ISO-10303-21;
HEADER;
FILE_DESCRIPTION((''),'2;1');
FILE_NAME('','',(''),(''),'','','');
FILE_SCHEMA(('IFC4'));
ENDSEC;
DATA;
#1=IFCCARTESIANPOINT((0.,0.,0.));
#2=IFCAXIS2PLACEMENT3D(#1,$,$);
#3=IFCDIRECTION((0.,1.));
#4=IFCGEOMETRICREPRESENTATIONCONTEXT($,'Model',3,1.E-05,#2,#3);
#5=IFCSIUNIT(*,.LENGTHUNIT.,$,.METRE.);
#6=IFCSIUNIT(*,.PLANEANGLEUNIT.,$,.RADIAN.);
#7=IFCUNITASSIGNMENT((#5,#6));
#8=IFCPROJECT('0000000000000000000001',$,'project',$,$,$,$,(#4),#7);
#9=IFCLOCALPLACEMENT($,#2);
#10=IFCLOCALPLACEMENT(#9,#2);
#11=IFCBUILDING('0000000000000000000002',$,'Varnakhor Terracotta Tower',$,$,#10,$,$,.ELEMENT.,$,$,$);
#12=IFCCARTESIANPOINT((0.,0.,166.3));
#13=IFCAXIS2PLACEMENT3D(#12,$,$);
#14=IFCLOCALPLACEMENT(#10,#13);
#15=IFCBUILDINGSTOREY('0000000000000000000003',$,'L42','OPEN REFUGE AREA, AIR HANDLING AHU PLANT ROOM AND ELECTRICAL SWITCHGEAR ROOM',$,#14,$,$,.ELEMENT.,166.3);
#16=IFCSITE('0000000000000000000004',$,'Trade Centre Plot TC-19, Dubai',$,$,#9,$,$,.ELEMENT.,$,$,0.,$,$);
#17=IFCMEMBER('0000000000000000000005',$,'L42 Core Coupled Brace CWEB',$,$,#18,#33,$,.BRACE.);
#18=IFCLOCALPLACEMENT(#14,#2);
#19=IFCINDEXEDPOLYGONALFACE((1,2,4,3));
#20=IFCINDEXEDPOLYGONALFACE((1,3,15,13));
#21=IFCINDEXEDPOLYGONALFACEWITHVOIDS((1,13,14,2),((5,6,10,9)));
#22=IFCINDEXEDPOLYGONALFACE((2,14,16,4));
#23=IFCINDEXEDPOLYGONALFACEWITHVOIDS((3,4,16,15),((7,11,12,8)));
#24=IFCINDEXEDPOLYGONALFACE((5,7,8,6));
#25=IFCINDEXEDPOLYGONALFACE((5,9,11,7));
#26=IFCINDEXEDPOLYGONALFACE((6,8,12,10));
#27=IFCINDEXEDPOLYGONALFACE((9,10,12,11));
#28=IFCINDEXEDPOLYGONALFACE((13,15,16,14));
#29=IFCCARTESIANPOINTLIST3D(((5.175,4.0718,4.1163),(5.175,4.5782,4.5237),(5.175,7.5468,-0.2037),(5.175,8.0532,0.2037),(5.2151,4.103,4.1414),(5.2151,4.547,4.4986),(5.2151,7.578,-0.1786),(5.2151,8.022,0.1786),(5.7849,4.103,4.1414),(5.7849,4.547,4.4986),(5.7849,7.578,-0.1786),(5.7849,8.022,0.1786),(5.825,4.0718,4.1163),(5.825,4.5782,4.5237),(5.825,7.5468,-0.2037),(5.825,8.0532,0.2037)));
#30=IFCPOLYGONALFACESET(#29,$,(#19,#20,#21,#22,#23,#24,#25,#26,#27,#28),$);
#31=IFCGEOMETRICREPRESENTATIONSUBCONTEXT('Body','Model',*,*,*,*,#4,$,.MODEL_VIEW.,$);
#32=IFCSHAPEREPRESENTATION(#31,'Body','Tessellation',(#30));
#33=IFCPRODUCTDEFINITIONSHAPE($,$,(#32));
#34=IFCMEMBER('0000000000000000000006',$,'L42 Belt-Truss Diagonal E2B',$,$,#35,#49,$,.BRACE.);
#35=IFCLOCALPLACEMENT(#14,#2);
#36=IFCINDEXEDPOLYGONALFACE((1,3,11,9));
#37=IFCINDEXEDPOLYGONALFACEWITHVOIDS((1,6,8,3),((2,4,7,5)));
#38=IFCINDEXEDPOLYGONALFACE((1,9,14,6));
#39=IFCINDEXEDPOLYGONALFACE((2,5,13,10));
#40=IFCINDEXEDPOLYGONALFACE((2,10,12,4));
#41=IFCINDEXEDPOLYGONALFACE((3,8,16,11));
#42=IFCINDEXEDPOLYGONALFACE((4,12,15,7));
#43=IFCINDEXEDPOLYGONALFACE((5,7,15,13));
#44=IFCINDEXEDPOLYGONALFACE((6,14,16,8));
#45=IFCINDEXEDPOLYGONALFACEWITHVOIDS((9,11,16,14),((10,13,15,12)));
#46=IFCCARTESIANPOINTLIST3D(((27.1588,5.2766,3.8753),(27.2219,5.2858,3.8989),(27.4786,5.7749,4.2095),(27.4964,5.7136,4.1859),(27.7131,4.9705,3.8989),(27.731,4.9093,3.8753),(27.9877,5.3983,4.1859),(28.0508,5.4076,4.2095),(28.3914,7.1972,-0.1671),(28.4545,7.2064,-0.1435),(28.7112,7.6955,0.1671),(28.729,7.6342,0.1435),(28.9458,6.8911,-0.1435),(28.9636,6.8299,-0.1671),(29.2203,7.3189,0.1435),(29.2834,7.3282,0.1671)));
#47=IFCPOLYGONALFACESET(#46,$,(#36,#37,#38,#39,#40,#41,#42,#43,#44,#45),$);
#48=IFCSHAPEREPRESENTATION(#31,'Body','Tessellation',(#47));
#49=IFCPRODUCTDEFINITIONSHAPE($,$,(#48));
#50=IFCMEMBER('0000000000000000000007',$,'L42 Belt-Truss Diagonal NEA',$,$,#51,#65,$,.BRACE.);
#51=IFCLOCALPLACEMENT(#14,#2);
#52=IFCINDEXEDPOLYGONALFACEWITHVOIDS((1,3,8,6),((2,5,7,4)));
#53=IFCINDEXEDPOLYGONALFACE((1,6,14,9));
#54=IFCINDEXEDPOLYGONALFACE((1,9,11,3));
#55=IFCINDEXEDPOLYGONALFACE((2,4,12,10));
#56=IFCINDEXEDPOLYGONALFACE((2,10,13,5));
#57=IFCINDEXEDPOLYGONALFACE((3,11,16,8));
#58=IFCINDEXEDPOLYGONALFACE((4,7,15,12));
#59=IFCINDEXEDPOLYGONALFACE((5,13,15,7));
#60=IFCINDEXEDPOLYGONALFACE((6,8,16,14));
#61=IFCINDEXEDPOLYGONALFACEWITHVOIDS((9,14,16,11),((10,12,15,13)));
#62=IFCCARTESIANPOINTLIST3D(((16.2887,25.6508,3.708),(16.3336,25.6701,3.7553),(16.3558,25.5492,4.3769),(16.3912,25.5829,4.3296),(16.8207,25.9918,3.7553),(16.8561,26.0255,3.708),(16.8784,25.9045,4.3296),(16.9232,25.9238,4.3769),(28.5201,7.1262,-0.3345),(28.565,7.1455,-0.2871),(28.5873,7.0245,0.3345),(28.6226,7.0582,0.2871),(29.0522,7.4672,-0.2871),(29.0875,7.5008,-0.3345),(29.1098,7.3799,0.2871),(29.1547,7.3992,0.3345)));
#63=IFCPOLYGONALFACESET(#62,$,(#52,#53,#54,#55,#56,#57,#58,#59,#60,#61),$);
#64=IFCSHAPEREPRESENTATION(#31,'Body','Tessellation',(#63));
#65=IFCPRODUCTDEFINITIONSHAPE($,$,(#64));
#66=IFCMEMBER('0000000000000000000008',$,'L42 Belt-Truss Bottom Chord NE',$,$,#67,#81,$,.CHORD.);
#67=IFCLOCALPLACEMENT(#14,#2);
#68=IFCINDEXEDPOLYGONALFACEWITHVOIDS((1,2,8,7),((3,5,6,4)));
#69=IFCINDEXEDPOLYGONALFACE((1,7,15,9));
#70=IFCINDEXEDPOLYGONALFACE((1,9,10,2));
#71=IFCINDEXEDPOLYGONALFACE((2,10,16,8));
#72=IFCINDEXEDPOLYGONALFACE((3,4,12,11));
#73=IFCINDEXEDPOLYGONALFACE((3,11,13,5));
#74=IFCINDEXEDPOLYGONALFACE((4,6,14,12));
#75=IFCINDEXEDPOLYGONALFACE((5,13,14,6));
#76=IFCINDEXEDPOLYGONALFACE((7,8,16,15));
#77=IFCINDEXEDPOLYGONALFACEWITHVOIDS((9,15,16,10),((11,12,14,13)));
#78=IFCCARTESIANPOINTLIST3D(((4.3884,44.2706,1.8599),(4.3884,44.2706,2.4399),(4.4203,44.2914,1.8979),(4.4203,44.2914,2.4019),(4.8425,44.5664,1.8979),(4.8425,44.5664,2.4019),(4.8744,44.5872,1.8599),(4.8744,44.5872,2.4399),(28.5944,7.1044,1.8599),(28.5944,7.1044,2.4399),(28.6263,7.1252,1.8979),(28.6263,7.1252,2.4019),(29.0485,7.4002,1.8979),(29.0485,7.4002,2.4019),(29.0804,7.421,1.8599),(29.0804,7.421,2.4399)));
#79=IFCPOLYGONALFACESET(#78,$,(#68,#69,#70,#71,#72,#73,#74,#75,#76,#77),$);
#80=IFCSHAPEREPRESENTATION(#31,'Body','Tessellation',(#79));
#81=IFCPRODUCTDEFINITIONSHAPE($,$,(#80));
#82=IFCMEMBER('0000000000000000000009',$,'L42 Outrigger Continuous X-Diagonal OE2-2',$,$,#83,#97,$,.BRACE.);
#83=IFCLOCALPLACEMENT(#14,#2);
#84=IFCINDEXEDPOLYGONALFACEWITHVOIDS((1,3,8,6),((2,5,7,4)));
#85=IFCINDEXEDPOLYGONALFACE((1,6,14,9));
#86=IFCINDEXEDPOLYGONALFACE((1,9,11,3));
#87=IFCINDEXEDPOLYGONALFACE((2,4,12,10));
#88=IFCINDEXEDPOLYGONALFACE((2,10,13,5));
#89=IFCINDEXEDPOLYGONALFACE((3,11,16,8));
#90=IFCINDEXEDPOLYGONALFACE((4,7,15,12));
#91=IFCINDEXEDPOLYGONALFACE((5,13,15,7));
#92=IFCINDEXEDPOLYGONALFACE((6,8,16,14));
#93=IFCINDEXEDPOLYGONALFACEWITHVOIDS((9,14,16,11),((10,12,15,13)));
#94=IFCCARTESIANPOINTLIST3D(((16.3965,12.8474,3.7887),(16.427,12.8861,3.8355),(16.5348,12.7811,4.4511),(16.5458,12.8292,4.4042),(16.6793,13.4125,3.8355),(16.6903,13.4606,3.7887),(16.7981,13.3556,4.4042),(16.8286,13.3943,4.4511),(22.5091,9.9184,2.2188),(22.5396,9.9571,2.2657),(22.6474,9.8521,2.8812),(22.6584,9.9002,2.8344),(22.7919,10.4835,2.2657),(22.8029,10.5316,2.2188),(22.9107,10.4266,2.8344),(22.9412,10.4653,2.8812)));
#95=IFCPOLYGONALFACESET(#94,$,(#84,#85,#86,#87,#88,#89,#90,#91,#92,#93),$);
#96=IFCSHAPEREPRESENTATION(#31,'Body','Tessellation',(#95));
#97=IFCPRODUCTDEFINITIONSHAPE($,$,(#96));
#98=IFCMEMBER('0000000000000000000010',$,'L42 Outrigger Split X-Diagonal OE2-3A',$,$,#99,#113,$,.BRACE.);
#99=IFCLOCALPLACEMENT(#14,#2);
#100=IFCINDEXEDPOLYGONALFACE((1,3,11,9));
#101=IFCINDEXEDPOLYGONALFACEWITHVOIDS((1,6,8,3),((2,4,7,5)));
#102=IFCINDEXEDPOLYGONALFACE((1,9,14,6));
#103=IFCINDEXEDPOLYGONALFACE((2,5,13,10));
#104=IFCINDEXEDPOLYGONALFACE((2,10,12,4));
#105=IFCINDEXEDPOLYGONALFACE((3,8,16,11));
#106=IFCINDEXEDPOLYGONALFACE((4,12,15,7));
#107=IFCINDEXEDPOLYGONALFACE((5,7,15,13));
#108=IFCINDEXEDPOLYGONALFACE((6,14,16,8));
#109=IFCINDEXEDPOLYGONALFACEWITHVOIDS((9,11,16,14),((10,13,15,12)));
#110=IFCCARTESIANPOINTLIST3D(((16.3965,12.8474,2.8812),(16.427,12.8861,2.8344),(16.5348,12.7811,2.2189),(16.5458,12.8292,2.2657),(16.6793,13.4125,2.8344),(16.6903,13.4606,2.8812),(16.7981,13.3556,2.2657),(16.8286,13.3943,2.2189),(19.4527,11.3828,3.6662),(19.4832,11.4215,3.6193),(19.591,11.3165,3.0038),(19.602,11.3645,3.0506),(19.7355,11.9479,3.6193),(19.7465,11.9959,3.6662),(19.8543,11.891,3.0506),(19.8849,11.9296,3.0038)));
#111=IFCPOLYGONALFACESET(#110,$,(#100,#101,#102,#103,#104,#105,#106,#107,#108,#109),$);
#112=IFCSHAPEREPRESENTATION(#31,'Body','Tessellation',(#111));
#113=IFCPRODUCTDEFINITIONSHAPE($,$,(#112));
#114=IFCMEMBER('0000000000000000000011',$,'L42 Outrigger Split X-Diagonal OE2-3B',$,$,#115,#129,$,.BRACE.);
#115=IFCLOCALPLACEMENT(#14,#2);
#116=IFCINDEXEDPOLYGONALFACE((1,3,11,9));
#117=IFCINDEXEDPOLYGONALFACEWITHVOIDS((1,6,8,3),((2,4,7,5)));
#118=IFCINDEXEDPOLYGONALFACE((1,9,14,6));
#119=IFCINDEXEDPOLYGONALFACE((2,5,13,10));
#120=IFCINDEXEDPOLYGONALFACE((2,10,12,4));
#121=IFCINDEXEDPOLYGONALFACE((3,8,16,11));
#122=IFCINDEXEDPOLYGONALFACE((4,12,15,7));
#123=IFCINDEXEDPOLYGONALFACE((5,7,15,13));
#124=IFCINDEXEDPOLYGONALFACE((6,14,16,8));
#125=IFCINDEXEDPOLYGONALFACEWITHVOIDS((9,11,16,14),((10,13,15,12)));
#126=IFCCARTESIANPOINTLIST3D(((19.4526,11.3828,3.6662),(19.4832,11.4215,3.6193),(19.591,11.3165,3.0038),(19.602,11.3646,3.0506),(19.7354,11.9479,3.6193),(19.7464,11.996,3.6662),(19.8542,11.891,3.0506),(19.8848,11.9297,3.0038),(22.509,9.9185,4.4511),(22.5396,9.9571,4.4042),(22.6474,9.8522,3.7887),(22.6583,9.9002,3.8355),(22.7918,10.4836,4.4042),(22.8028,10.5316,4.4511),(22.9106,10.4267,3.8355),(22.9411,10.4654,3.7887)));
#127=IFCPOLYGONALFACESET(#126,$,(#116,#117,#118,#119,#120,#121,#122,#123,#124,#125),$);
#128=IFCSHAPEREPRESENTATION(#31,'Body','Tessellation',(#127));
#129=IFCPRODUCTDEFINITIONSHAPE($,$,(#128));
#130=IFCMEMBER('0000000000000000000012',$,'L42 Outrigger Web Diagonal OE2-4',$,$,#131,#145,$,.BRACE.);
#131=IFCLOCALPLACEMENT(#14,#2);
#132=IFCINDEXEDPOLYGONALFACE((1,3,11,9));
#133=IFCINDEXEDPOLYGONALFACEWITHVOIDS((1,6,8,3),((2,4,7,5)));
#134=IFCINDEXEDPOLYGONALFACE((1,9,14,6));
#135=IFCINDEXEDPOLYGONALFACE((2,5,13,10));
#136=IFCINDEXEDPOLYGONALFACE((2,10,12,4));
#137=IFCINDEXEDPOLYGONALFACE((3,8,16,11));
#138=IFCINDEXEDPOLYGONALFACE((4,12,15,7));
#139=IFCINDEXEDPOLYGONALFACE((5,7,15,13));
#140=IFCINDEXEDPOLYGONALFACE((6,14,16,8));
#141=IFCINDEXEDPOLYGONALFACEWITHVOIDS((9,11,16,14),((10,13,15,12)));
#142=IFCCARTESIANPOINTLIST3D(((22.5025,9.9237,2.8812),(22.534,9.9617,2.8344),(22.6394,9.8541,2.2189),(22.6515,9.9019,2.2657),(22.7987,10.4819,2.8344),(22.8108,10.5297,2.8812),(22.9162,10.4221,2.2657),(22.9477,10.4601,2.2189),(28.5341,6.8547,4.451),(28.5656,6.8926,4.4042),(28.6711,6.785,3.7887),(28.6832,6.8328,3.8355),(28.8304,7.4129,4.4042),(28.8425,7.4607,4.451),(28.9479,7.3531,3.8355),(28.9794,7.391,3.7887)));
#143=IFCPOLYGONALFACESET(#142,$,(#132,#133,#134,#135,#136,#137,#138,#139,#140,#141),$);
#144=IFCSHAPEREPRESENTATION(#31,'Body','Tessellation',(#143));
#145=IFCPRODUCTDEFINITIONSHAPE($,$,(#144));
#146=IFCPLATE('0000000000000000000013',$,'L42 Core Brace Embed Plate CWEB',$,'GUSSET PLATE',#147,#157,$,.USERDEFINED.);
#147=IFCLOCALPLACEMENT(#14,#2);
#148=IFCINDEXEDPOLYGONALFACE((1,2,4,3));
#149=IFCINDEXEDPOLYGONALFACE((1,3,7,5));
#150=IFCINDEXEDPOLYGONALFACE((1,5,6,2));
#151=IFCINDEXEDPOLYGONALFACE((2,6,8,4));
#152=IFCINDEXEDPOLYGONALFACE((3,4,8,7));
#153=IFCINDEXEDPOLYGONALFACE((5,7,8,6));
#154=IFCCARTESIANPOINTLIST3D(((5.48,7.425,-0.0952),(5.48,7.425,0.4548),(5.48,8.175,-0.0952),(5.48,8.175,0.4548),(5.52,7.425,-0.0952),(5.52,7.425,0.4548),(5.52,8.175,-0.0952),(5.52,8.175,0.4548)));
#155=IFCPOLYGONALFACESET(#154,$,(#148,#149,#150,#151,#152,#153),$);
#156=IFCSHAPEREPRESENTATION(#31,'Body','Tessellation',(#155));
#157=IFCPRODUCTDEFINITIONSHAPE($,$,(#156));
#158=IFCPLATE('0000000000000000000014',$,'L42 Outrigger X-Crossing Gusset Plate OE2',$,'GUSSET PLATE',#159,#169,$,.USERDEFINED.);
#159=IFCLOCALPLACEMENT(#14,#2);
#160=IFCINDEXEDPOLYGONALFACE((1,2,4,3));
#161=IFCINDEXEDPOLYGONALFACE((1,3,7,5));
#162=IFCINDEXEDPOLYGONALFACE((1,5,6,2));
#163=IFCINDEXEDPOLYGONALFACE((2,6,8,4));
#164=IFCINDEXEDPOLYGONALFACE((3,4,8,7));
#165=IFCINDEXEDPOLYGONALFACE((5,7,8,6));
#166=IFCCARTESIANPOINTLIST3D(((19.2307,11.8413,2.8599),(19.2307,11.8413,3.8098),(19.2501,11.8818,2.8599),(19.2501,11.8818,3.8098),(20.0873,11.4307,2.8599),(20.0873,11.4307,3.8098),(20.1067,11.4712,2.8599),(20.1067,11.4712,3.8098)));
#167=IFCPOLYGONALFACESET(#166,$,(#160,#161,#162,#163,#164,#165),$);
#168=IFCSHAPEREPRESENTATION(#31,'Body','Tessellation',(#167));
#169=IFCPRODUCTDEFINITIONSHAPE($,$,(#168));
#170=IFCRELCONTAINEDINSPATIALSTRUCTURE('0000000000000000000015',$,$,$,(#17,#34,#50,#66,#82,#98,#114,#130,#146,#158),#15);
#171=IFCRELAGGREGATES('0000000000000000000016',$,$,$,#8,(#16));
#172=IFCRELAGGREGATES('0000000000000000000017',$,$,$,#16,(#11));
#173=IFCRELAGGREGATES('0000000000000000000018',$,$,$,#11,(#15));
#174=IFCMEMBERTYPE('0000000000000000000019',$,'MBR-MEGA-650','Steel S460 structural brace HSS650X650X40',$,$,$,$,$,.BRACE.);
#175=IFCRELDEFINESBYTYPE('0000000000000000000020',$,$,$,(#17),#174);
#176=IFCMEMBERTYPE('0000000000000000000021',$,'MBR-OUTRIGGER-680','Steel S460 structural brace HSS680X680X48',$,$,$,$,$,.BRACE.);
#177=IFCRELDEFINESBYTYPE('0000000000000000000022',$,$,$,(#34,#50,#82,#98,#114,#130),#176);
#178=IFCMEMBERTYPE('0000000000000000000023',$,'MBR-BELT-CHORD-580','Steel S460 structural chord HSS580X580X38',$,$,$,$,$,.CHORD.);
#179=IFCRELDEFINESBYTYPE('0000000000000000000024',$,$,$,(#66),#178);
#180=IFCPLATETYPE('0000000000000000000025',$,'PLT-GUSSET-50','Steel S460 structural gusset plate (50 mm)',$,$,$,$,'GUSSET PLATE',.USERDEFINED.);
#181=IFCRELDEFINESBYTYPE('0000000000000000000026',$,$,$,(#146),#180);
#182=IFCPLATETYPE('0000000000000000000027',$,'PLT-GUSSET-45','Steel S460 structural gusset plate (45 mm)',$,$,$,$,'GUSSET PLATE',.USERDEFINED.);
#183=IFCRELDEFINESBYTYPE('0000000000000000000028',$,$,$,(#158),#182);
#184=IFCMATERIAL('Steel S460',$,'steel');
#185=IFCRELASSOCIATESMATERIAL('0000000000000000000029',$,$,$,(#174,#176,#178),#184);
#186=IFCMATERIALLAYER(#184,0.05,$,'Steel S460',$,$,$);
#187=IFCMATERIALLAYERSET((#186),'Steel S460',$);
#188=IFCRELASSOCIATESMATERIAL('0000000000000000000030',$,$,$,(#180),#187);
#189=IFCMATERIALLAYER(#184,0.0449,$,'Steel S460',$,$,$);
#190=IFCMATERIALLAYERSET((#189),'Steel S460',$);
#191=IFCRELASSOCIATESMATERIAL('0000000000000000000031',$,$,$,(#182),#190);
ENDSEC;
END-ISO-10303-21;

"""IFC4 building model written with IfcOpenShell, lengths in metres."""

from ifc_helpers import new_model, si_unit, direction, frame, origin, origin_2d, place, context, subcontext, project, spatial, rectangle, hollow_rectangle, extrude, source, transform, mapped, material, layer, layer_set, material_profile, profile_set, type_object, type_shapes, element, save


model = new_model("IFC4")

# Units and contexts
model_context = context("Model", 3, precision=1e-05, world=origin(), true_north=direction((0.0, 1.0)))
body_context = subcontext(model_context, "Body", "Model", "MODEL_VIEW")
ifc_project = project(units=[si_unit("LENGTHUNIT", "METRE"), si_unit("PLANEANGLEUNIT", "RADIAN")], contexts=[model_context])

# Site, building, storey
site_placement = place(None, origin())
site = spatial("IfcSite", under=ifc_project, at=site_placement, Name="Trade Centre Plot TC-19, Dubai", CompositionType="ELEMENT", RefElevation=0.0)
building_placement = place(site_placement, origin())
building = spatial("IfcBuilding", under=site, at=building_placement, Name="Varnakhor Terracotta Tower", CompositionType="ELEMENT")
storey_placement = place(building_placement, frame((0.0, 0.0, 166.3)))
storey = spatial("IfcBuildingStorey", under=building, at=storey_placement, Name="L42", Description="OPEN REFUGE AREA, AIR HANDLING AHU PLANT ROOM AND ELECTRICAL SWITCHGEAR ROOM", CompositionType="ELEMENT", Elevation=166.3)

# Shared definitions
ifc_material_1 = material(Name="Steel S460", Category="steel")

# Members
ifc_material_profile_1 = material_profile(ifc_material_1, hollow_rectangle(XDim=0.6499, YDim=0.6499, WallThickness=0.04, at=origin_2d()), Name="HSS650X650X40")
ifc_profile_set_1 = profile_set([ifc_material_profile_1], Name="Steel S460")
member_type_1 = type_object("IfcMemberType", Name="MBR-MEGA-650", Description="Steel S460 structural brace HSS650X650X40", PredefinedType="BRACE", material=ifc_profile_set_1)
shared_shape_1 = source(origin(), body_context, "Body", "SweptSolid", [
    extrude(hollow_rectangle(XDim=0.6499, YDim=0.6499, WallThickness=0.04, at=origin_2d()), origin(), (0.0, 0.0, 1.0), 5.5442),
])
member_1_placement = place(storey_placement, frame((5.5, 7.8, 0.0), z_axis=(0.0, -0.626787, 0.779191), x_axis=(1.0, 0.0, 0.0)))
element("IfcMember", 1, at=member_1_placement, inside=storey, type_object=member_type_1, Name="L42 Core Coupled Brace CWEB", PredefinedType="BRACE", context=body_context, shape_type="MappedRepresentation", body=[
    mapped(shared_shape_1, transform((0.0, 0.0, 0.0), scale=1.0)),
])
ifc_material_profile_2 = material_profile(ifc_material_1, hollow_rectangle(XDim=0.6799, YDim=0.6799, WallThickness=0.0481, at=origin_2d()), Name="HSS680X680X48")
ifc_profile_set_2 = profile_set([ifc_material_profile_2], Name="Steel S460")
member_type_2 = type_object("IfcMemberType", Name="MBR-OUTRIGGER-680", Description="Steel S460 structural brace HSS680X680X48", PredefinedType="BRACE", material=ifc_profile_set_2)
shared_shape_2 = source(origin(), body_context, "Body", "SweptSolid", [
    extrude(hollow_rectangle(XDim=0.6799, YDim=0.6799, WallThickness=0.0481, at=origin_2d()), origin(), (0.0, 0.0, 1.0), 4.6421),
])
member_2_placement = place(storey_placement, frame((28.8374, 7.2627, 0.0), z_axis=(-0.265535, -0.413738, 0.870811), x_axis=(0.841585, -0.540125, 0.0)))
element("IfcMember", 2, at=member_2_placement, inside=storey, type_object=member_type_2, Name="L42 Belt-Truss Diagonal E2B", PredefinedType="BRACE", context=body_context, shape_type="MappedRepresentation", body=[
    mapped(shared_shape_2, transform((0.0, 0.0, 0.0), scale=1.0)),
])
shared_shape_3 = source(origin(), body_context, "Body", "SweptSolid", [
    extrude(hollow_rectangle(XDim=0.6799, YDim=0.6799, WallThickness=0.0481, at=origin_2d()), origin(), (0.0, 0.0, 1.0), 22.5635),
])
member_3_placement = place(storey_placement, frame((28.8374, 7.2627, 0.0), z_axis=(-0.542089, 0.821, 0.17916), x_axis=(-0.834502, -0.551004, 0.0)))
element("IfcMember", 3, at=member_3_placement, inside=storey, type_object=member_type_2, Name="L42 Belt-Truss Diagonal NEA", PredefinedType="BRACE", context=body_context, shape_type="MappedRepresentation", body=[
    mapped(shared_shape_3, transform((0.0, 0.0, 0.0), scale=1.0)),
])
ifc_material_profile_3 = material_profile(ifc_material_1, hollow_rectangle(XDim=0.5801, YDim=0.5801, WallThickness=0.0381, at=origin_2d()), Name="HSS580X580X38")
ifc_profile_set_3 = profile_set([ifc_material_profile_3], Name="Steel S460")
member_type_3 = type_object("IfcMemberType", Name="MBR-BELT-CHORD-580", Description="Steel S460 structural chord HSS580X580X38", PredefinedType="CHORD", material=ifc_profile_set_3)
shared_shape_4 = source(origin(), body_context, "Body", "SweptSolid", [
    extrude(hollow_rectangle(XDim=0.5801, YDim=0.5801, WallThickness=0.0381, at=origin_2d()), origin(), (0.0, 0.0, 1.0), 44.3538),
])
member_4_placement = place(storey_placement, frame((28.8374, 7.2627, 2.1499), z_axis=(-0.545749, 0.837949, 0.0), x_axis=(-0.837949, -0.545749, 0.0)))
element("IfcMember", 4, at=member_4_placement, inside=storey, type_object=member_type_3, Name="L42 Belt-Truss Bottom Chord NE", PredefinedType="CHORD", context=body_context, shape_type="MappedRepresentation", body=[
    mapped(shared_shape_4, transform((0.0, 0.0, 0.0), scale=1.0)),
])
shared_shape_5 = source(origin(), body_context, "Body", "SweptSolid", [
    extrude(hollow_rectangle(XDim=0.6799, YDim=0.6799, WallThickness=0.0481, at=origin_2d()), origin(), (0.0, 0.0, 1.0), 6.9575),
])
member_5_placement = place(storey_placement, frame((16.6125, 13.1208, 4.1199), z_axis=(0.878559, -0.42098, -0.225631), x_axis=(0.432123, 0.901815, 0.0)))
element("IfcMember", 5, at=member_5_placement, inside=storey, type_object=member_type_2, Name="L42 Outrigger Continuous X-Diagonal OE2-2", PredefinedType="BRACE", context=body_context, shape_type="MappedRepresentation", body=[
    mapped(shared_shape_5, transform((0.0, 0.0, 0.0), scale=1.0)),
])
shared_shape_6 = source(origin(), body_context, "Body", "SweptSolid", [
    extrude(hollow_rectangle(XDim=0.6799, YDim=0.6799, WallThickness=0.0481, at=origin_2d()), origin(), (0.0, 0.0, 1.0), 3.4788),
])
for number, where, z_axis, x_axis, name in (
    (6, (16.6125, 13.1208, 2.55), (0.878538, -0.421022, 0.225635), (0.432167, 0.901794, 0.0), "L42 Outrigger Split X-Diagonal OE2-3A"),
    (7, (19.6687, 11.6562, 3.335), (0.87858, -0.420938, 0.225628), (0.43208, 0.901835, 0.0), "L42 Outrigger Split X-Diagonal OE2-3B"),
):
    element("IfcMember", number, at=place(storey_placement, frame(where, z_axis=z_axis, x_axis=x_axis)), inside=storey, type_object=member_type_2, Name=name, PredefinedType="BRACE", context=body_context, shape_type="MappedRepresentation", body=[
        mapped(shared_shape_6, transform((0.0, 0.0, 0.0), scale=1.0)),
    ])
shared_shape_7 = source(origin(), body_context, "Body", "SweptSolid", [
    extrude(hollow_rectangle(XDim=0.6799, YDim=0.6799, WallThickness=0.0481, at=origin_2d()), origin(), (0.0, 0.0, 1.0), 6.9473),
])
member_6_placement = place(storey_placement, frame((22.7251, 10.1919, 2.55), z_axis=(0.868208, -0.441765, 0.22596), x_axis=(0.453494, 0.891259, 0.0)))
element("IfcMember", 8, at=member_6_placement, inside=storey, type_object=member_type_2, Name="L42 Outrigger Web Diagonal OE2-4", PredefinedType="BRACE", context=body_context, shape_type="MappedRepresentation", body=[
    mapped(shared_shape_7, transform((0.0, 0.0, 0.0), scale=1.0)),
])

# Plates
ifc_layer_1 = layer(ifc_material_1, 0.05, Name="Steel S460")
ifc_layer_set_1 = layer_set([ifc_layer_1], Name="Steel S460")
plate_type_1 = type_object("IfcPlateType", Name="PLT-GUSSET-50", Description="Steel S460 structural gusset plate (50 mm)", ElementType="GUSSET PLATE", PredefinedType="USERDEFINED", material=ifc_layer_set_1)
shared_shape_8 = source(origin(), body_context, "Body", "SweptSolid", [
    extrude(rectangle(XDim=0.75, YDim=0.04, at=origin_2d()), origin(), (0.0, 0.0, 1.0), 0.55),
])
type_shapes(plate_type_1, [shared_shape_8])
plate_1_placement = place(storey_placement, frame((5.5, 7.8, -0.0952), z_axis=(0.0, 0.0, 1.0), x_axis=(0.0, 1.0, 0.0)))
element("IfcPlate", 9, at=plate_1_placement, inside=storey, type_object=plate_type_1, Name="L42 Core Brace Embed Plate CWEB", ObjectType="GUSSET PLATE", PredefinedType="USERDEFINED", context=body_context, shape_type="MappedRepresentation", body=[
    mapped(shared_shape_8, transform((0.0, 0.0, 0.0), scale=1.0)),
])
ifc_layer_2 = layer(ifc_material_1, 0.0449, Name="Steel S460")
ifc_layer_set_2 = layer_set([ifc_layer_2], Name="Steel S460")
plate_type_2 = type_object("IfcPlateType", Name="PLT-GUSSET-45", Description="Steel S460 structural gusset plate (45 mm)", ElementType="GUSSET PLATE", PredefinedType="USERDEFINED", material=ifc_layer_set_2)
shared_shape_9 = source(origin(), body_context, "Body", "SweptSolid", [
    extrude(rectangle(XDim=0.95, YDim=0.0449, at=origin_2d()), origin(), (0.0, 0.0, 1.0), 0.95),
])
type_shapes(plate_type_2, [shared_shape_9])
plate_2_placement = place(storey_placement, frame((19.6687, 11.6562, 2.8599), z_axis=(0.0, 0.0, 1.0), x_axis=(0.901802, -0.432149, 0.0)))
element("IfcPlate", 10, at=plate_2_placement, inside=storey, type_object=plate_type_2, Name="L42 Outrigger X-Crossing Gusset Plate OE2", ObjectType="GUSSET PLATE", PredefinedType="USERDEFINED", context=body_context, shape_type="MappedRepresentation", body=[
    mapped(shared_shape_9, transform((0.0, 0.0, 0.0), scale=1.0)),
])

save(model, "model.ifc")
